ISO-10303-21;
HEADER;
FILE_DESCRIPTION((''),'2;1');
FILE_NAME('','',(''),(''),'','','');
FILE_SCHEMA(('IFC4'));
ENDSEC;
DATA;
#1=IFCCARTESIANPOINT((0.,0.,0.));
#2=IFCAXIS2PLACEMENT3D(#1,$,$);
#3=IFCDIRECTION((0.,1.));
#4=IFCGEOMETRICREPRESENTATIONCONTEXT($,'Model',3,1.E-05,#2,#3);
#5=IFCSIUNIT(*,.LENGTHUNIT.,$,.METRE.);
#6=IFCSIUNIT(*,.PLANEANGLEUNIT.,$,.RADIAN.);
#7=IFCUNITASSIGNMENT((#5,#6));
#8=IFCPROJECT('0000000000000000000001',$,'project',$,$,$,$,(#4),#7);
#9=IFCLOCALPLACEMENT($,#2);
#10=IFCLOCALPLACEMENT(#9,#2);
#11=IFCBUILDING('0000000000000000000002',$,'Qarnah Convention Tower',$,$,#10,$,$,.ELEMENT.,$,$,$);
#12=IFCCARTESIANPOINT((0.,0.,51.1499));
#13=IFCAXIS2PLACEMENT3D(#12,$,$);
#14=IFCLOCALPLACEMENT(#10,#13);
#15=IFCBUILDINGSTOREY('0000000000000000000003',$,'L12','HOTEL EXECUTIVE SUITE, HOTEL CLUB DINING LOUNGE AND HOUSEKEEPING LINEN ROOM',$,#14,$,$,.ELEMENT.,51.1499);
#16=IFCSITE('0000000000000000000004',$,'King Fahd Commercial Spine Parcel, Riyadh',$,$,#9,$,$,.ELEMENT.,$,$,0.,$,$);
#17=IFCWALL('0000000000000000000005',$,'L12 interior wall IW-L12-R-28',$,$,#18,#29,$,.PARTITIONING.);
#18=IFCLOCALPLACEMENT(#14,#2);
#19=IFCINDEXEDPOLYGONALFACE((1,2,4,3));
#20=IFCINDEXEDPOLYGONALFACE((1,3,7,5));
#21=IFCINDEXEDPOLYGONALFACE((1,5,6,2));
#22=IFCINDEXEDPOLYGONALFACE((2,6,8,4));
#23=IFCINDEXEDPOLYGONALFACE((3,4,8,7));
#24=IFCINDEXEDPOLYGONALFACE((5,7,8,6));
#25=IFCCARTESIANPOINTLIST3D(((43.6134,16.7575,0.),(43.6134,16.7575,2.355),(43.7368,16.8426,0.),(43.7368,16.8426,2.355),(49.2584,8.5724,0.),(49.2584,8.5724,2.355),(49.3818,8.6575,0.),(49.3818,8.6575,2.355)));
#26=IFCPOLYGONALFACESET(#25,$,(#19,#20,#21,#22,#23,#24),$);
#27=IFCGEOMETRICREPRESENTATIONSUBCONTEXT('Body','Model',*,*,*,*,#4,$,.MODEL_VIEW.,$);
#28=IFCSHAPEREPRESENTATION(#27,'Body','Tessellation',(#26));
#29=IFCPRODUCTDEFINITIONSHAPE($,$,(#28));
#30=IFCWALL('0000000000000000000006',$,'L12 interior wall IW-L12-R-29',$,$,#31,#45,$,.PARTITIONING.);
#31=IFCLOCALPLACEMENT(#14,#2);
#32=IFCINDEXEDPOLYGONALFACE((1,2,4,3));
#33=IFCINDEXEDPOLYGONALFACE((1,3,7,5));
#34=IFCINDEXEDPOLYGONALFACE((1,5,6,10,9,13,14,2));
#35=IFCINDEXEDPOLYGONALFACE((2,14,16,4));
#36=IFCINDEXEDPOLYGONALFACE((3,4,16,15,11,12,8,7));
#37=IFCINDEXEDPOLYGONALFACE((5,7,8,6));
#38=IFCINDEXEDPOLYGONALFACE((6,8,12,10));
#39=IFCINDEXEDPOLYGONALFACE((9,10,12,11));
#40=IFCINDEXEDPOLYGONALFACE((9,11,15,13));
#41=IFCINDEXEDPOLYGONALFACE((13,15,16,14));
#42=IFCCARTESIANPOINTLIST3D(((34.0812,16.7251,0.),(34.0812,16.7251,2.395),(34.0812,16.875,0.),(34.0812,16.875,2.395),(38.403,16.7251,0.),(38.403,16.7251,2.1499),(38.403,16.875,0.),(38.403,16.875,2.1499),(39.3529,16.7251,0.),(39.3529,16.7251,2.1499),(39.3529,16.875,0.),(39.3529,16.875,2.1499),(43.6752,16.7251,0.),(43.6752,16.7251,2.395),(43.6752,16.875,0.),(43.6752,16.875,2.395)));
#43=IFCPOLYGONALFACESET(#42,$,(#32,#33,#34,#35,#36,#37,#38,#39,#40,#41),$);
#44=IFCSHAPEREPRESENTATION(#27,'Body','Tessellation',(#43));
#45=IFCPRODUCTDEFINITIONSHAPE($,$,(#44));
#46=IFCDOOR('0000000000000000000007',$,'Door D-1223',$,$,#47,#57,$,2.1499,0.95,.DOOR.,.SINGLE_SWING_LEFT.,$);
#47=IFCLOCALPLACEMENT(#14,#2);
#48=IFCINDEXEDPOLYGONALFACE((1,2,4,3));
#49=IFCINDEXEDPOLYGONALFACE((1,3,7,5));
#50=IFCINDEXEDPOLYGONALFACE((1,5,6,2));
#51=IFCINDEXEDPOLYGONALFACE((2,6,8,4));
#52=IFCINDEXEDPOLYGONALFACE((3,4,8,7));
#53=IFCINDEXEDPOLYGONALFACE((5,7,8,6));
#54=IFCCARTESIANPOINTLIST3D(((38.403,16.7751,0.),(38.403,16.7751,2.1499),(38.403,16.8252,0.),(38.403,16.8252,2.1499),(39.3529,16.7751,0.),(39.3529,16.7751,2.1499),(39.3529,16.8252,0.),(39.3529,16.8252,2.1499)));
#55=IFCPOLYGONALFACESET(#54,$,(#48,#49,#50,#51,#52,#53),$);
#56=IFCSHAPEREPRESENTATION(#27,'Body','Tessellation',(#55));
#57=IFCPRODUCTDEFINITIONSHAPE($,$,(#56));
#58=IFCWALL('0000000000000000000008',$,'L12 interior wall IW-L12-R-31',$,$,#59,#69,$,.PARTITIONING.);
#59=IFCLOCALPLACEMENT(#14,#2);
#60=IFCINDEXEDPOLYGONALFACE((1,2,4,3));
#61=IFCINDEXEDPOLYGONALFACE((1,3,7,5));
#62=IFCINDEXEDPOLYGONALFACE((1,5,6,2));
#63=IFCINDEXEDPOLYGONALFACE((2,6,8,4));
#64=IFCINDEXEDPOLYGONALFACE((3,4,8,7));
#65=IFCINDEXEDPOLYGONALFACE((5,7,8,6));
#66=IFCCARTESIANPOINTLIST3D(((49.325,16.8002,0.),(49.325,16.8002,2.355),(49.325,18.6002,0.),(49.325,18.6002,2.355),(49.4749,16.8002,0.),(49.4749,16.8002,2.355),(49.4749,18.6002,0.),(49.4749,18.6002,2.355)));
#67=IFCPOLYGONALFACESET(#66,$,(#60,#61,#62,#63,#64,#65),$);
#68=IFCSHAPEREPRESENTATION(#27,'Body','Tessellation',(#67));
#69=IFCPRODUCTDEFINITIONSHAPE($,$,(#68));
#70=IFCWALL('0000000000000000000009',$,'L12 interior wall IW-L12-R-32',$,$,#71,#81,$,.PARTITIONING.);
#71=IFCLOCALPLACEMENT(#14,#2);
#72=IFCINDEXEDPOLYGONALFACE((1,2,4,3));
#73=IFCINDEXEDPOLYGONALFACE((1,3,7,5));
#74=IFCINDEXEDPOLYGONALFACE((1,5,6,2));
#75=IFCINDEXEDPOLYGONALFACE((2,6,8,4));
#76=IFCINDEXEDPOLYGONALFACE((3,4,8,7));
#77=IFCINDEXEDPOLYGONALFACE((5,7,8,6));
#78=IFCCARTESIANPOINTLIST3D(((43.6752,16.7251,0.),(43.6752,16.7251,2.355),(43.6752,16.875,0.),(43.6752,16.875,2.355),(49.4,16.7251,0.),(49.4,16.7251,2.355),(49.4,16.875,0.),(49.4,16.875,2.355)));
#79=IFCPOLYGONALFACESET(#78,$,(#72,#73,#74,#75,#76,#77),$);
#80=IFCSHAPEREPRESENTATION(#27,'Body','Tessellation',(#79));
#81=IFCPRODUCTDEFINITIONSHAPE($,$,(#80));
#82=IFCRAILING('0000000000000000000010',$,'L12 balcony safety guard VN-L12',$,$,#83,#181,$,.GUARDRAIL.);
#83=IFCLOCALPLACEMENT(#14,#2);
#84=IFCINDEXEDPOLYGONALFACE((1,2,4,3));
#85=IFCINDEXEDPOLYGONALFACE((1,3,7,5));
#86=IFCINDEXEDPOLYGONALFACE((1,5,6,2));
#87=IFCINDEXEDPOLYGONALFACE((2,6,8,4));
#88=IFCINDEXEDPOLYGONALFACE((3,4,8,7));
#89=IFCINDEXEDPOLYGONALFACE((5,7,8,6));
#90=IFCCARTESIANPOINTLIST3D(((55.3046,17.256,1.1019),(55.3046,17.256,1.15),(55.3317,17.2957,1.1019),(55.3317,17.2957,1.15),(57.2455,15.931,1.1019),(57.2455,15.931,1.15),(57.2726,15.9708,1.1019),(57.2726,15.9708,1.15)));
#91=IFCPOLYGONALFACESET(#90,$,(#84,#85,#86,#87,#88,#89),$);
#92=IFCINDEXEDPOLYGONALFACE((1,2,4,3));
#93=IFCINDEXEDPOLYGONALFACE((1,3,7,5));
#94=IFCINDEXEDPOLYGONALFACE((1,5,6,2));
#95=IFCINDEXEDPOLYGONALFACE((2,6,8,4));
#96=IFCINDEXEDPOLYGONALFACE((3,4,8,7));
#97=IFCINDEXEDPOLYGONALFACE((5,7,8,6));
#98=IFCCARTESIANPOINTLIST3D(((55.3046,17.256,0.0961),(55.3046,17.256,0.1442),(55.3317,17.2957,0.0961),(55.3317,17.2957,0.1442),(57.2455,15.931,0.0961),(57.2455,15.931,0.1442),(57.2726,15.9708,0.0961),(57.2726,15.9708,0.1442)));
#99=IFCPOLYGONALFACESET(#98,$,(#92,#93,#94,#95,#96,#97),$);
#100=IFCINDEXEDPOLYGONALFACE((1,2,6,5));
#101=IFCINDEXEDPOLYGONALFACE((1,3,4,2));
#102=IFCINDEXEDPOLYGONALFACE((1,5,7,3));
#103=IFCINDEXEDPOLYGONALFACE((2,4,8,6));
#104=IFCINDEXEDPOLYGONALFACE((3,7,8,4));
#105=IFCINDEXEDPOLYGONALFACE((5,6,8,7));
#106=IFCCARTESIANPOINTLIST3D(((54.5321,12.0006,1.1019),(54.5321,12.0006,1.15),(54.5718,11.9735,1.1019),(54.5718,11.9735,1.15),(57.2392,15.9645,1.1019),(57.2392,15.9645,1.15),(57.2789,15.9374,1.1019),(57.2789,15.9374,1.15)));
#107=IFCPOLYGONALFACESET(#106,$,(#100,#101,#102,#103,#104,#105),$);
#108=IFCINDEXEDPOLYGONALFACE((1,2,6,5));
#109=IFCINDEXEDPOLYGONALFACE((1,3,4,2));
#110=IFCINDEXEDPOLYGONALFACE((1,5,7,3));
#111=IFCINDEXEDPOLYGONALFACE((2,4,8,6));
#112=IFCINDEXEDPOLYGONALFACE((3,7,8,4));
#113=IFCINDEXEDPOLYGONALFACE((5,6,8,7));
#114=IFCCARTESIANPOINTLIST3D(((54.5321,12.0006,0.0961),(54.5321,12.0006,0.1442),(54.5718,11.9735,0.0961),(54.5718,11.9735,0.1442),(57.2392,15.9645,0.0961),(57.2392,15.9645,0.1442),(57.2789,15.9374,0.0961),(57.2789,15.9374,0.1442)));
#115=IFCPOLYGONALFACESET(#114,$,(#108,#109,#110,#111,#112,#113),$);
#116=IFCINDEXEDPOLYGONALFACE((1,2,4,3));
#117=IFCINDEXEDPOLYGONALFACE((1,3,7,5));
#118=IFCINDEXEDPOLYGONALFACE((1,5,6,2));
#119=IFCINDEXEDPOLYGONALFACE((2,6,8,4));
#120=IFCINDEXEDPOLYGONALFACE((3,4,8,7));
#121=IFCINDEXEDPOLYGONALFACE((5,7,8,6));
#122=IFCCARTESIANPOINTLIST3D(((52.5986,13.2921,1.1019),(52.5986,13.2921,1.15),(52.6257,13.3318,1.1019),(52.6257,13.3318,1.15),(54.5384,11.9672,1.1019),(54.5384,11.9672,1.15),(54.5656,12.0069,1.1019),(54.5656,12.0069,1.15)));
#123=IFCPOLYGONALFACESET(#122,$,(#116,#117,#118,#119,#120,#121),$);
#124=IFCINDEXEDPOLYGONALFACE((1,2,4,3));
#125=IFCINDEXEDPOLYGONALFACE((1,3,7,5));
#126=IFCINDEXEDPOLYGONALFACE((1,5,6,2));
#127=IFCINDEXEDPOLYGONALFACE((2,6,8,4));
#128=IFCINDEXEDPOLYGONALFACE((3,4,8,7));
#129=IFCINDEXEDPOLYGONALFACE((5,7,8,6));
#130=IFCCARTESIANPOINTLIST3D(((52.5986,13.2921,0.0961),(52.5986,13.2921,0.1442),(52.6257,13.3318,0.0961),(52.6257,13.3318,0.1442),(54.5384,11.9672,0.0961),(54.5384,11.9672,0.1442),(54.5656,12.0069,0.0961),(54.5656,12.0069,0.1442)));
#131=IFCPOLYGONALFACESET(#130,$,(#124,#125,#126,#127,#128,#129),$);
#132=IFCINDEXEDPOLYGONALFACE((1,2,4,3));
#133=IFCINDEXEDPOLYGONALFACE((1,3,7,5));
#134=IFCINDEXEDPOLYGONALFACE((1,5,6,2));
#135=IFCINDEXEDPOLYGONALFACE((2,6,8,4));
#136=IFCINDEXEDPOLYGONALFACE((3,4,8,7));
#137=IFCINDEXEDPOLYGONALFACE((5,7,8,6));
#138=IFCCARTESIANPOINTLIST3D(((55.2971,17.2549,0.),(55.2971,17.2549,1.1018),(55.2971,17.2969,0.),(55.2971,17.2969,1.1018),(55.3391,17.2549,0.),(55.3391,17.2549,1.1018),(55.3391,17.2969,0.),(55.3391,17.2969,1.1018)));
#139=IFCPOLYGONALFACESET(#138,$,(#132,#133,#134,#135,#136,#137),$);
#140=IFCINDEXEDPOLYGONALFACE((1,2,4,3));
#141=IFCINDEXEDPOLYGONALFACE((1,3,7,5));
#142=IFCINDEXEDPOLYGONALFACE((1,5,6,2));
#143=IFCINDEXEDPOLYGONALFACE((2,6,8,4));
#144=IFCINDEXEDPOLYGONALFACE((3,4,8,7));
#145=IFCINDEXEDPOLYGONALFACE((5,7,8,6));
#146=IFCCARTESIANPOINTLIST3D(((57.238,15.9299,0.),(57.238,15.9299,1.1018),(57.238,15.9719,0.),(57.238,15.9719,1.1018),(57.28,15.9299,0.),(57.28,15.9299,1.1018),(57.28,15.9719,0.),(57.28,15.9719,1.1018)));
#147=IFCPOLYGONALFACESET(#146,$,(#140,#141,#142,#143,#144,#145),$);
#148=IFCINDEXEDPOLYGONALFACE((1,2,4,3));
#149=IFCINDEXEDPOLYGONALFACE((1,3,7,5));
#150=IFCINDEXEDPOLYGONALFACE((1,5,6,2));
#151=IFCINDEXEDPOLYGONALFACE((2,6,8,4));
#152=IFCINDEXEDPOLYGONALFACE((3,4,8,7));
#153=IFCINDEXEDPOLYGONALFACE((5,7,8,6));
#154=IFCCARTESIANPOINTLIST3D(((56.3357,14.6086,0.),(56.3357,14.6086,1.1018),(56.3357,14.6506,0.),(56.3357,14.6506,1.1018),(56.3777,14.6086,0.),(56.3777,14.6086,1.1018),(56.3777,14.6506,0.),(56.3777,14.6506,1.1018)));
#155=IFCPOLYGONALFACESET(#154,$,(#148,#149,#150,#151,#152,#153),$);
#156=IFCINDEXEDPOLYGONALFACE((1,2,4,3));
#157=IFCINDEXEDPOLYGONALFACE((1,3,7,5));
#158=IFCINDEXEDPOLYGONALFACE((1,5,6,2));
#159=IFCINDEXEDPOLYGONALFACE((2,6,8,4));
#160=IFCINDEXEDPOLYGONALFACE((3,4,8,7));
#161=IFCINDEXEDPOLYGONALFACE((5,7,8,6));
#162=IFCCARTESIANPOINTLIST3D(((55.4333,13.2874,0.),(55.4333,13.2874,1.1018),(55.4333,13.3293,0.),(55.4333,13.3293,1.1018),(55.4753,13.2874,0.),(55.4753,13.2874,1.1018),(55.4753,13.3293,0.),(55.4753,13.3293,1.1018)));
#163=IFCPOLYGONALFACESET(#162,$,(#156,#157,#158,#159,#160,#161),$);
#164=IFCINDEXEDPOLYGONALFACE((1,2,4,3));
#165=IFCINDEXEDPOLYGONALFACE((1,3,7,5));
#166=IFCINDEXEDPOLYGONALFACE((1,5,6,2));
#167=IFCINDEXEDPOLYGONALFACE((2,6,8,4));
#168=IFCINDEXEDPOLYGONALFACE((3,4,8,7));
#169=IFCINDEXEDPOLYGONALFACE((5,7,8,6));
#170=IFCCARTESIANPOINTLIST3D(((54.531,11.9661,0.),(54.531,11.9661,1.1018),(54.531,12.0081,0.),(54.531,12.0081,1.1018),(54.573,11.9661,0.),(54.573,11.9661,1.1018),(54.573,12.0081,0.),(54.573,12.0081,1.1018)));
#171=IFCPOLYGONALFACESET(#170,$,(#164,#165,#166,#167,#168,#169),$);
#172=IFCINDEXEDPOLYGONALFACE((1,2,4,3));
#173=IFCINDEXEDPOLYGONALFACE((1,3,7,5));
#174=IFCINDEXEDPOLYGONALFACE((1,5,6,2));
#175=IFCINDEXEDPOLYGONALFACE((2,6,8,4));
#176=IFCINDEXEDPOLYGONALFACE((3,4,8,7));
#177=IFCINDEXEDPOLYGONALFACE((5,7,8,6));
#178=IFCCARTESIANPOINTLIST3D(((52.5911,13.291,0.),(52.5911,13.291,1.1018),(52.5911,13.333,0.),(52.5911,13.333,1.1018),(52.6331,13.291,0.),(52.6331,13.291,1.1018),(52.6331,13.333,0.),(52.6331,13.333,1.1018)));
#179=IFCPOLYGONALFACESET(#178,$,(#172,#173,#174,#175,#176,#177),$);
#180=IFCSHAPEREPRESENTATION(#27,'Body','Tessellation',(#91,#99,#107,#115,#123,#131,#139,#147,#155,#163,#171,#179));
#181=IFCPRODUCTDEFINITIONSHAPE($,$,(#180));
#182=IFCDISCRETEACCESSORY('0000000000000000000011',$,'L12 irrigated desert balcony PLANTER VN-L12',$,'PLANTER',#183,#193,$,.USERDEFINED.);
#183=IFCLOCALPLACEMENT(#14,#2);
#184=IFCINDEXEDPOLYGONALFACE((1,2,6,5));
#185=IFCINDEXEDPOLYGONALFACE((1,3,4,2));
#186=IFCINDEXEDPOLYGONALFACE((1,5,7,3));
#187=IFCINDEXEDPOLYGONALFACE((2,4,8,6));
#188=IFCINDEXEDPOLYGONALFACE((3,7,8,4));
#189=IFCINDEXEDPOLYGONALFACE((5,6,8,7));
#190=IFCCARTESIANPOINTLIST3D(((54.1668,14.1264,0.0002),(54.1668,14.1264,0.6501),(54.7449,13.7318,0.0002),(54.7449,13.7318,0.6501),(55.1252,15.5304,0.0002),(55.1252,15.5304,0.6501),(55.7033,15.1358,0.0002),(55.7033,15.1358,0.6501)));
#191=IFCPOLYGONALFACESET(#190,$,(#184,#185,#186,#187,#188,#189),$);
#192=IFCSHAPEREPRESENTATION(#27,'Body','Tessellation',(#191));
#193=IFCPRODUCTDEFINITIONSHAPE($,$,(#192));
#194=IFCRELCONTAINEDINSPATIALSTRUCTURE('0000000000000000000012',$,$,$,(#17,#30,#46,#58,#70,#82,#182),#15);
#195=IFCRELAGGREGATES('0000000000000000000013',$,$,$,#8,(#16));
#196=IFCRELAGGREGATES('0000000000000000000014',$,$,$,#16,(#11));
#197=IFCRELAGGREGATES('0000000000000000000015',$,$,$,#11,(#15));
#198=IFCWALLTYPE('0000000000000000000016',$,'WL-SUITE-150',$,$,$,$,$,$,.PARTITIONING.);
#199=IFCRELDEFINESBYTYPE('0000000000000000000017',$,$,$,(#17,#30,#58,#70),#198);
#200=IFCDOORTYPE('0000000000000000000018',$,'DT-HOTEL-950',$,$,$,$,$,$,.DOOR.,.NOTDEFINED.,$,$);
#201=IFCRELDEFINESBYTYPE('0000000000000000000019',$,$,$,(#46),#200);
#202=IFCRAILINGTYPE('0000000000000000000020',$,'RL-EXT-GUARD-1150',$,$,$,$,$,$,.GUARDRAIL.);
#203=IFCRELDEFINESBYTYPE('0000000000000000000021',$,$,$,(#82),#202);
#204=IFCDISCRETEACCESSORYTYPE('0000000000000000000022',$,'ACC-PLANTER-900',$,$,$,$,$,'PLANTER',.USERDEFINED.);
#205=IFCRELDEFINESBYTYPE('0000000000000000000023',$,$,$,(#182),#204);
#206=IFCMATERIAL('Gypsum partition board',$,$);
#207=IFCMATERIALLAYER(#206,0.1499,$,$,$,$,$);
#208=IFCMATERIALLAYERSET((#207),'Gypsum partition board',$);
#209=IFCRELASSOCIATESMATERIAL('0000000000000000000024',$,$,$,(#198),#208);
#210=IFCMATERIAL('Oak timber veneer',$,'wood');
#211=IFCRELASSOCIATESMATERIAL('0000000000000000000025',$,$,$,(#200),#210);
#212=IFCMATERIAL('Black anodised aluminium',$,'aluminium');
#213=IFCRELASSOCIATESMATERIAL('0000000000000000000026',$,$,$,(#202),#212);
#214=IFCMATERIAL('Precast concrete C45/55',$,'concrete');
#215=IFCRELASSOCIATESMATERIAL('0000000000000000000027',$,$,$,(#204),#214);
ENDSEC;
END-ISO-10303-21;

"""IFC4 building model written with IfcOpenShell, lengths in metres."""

from ifc_helpers import new_model, si_unit, direction, frame, frame_2d, origin, origin_2d, place, context, subcontext, project, spatial, rectangle, extrude, material, layer, layer_set, type_object, element, fill, save


model = new_model("IFC4")

# Units and contexts
model_context = context("Model", 3, precision=1e-05, world=origin(), true_north=direction((0.0, 1.0)))
body_context = subcontext(model_context, "Body", "Model", "MODEL_VIEW")
ifc_project = project(units=[si_unit("LENGTHUNIT", "METRE"), si_unit("PLANEANGLEUNIT", "RADIAN")], contexts=[model_context])

# Site, building, storey
site_placement = place(None, origin())
site = spatial("IfcSite", under=ifc_project, at=site_placement, Name="King Fahd Commercial Spine Parcel, Riyadh", CompositionType="ELEMENT", RefElevation=0.0)
building_placement = place(site_placement, origin())
building = spatial("IfcBuilding", under=site, at=building_placement, Name="Qarnah Convention Tower", CompositionType="ELEMENT")
storey_placement = place(building_placement, frame((0.0, 0.0, 51.1499)))
storey = spatial("IfcBuildingStorey", under=building, at=storey_placement, Name="L12", Description="HOTEL EXECUTIVE SUITE, HOTEL CLUB DINING LOUNGE AND HOUSEKEEPING LINEN ROOM", CompositionType="ELEMENT", Elevation=51.1499)

# Shared definitions
ifc_material_1 = material(Name="Black anodised aluminium", Category="aluminium")

# Shared definitions
ifc_material_2 = material(Name="Precast concrete C45/55", Category="concrete")

# Wall
ifc_material_3 = material(Name="Gypsum partition board")
ifc_layer_1 = layer(ifc_material_3, 0.1499)
ifc_layer_set_1 = layer_set([ifc_layer_1], Name="Gypsum partition board")
wall_type_1 = type_object("IfcWallType", Name="WL-SUITE-150", PredefinedType="PARTITIONING", material=ifc_layer_set_1)
wall_1_placement = place(storey_placement, frame((49.3201, 8.615, 0.0), z_axis=(0.0, 0.0, 1.0), x_axis=(-0.567743, 0.823206, 0.0)))
element("IfcWall", 1, at=wall_1_placement, inside=storey, type_object=wall_type_1, Name="L12 interior wall IW-L12-R-28", PredefinedType="PARTITIONING", context=body_context, shape_type="SweptSolid", body=[
    extrude(rectangle(XDim=9.9429, YDim=0.1499, at=frame_2d((4.9714, 0.0))), origin(), (0.0, 0.0, 1.0), 2.355),
])

# Wall, opening, door
wall_2_placement = place(storey_placement, frame((43.675, 16.8, 0.0), z_axis=(0.0, 0.0, 1.0), x_axis=(-1.0, 0.0, 0.0)))
wall_2 = element("IfcWall", 2, at=wall_2_placement, inside=storey, type_object=wall_type_1, Name="L12 interior wall IW-L12-R-29", PredefinedType="PARTITIONING", context=body_context, shape_type="SweptSolid", body=[
    extrude(rectangle(XDim=9.594, YDim=0.1499, at=frame_2d((4.7969, 0.0))), origin(), (0.0, 0.0, 1.0), 2.395),
])
opening_1_placement = place(wall_2_placement, frame((4.322, 0.0, 0.0)))
opening_1 = element("IfcOpeningElement", 3, at=opening_1_placement, cuts=wall_2, PredefinedType="OPENING", context=body_context, shape_type="SweptSolid", body=[
    extrude(rectangle(XDim=0.95, YDim=2.1499, at=frame_2d((0.4751, 1.075))), frame((0.0, 0.085, 0.0), z_axis=(0.0, -1.0, 0.0), x_axis=(1.0, 0.0, 0.0)), (0.0, 0.0, 1.0), 0.1699),
])
ifc_material_4 = material(Name="Oak timber veneer", Category="wood")
door_type_1 = type_object("IfcDoorType", Name="DT-HOTEL-950", OperationType="NOTDEFINED", PredefinedType="DOOR", material=ifc_material_4)
door_1_placement = place(opening_1_placement, origin())
door_1 = element("IfcDoor", 4, at=door_1_placement, inside=storey, type_object=door_type_1, Name="Door D-1223", OperationType="SINGLE_SWING_LEFT", OverallHeight=2.1499, OverallWidth=0.95, PredefinedType="DOOR", context=body_context, shape_type="SweptSolid", body=[
    extrude(rectangle(XDim=0.95, YDim=2.1499, at=frame_2d((0.4751, 1.075))), frame((0.0, 0.0249, 0.0), z_axis=(0.0, -1.0, 0.0), x_axis=(1.0, 0.0, 0.0)), (0.0, 0.0, 1.0), 0.05),
])
fill(opening_1, door_1)

# Walls
wall_3_placement = place(storey_placement, frame((49.3999, 18.6001, 0.0), z_axis=(0.0, 0.0, 1.0), x_axis=(0.0, -1.0, 0.0)))
element("IfcWall", 5, at=wall_3_placement, inside=storey, type_object=wall_type_1, Name="L12 interior wall IW-L12-R-31", PredefinedType="PARTITIONING", context=body_context, shape_type="SweptSolid", body=[
    extrude(rectangle(XDim=1.8, YDim=0.1499, at=frame_2d((0.8999, 0.0))), origin(), (0.0, 0.0, 1.0), 2.355),
])
wall_4_placement = place(storey_placement, frame((49.3999, 16.8, 0.0), z_axis=(0.0, 0.0, 1.0), x_axis=(-1.0, 0.0, 0.0)))
element("IfcWall", 6, at=wall_4_placement, inside=storey, type_object=wall_type_1, Name="L12 interior wall IW-L12-R-32", PredefinedType="PARTITIONING", context=body_context, shape_type="SweptSolid", body=[
    extrude(rectangle(XDim=5.7249, YDim=0.1499, at=frame_2d((2.8623, 0.0))), origin(), (0.0, 0.0, 1.0), 2.355),
])

# Railing
railing_type = type_object("IfcRailingType", Name="RL-EXT-GUARD-1150", PredefinedType="GUARDRAIL", material=ifc_material_1)
railing_1_placement = place(storey_placement, frame((55.3181, 17.2759, 0.0)))
element("IfcRailing", 7, at=railing_1_placement, inside=storey, type_object=railing_type, Name="L12 balcony safety guard VN-L12", PredefinedType="GUARDRAIL", context=body_context, shape_type="SweptSolid", body=[
    extrude(rectangle(XDim=0.0481, YDim=0.0481, at=origin_2d()), frame((0.0, 0.0, 1.126), z_axis=(0.825911, -0.563801, 0.0), x_axis=(0.563801, 0.825911, 0.0)), (0.0, 0.0, 1.0), 2.3501),
    extrude(rectangle(XDim=0.0481, YDim=0.0481, at=origin_2d()), frame((0.0, 0.0, 0.1201), z_axis=(0.825911, -0.563801, 0.0), x_axis=(0.563801, 0.825911, 0.0)), (0.0, 0.0, 1.0), 2.3501),
    extrude(rectangle(XDim=0.0481, YDim=0.0481, at=origin_2d()), frame((1.9409, -1.325, 1.126), z_axis=(-0.563962, -0.825801, 0.0), x_axis=(0.825801, -0.563962, 0.0)), (0.0, 0.0, 1.0), 4.8),
    extrude(rectangle(XDim=0.0481, YDim=0.0481, at=origin_2d()), frame((1.9409, -1.325, 0.1201), z_axis=(-0.563962, -0.825801, 0.0), x_axis=(0.825801, -0.563962, 0.0)), (0.0, 0.0, 1.0), 4.8),
    extrude(rectangle(XDim=0.0481, YDim=0.0481, at=origin_2d()), frame((-0.7661, -5.2888, 1.126), z_axis=(-0.825779, 0.563994, 0.0), x_axis=(-0.563994, -0.825779, 0.0)), (0.0, 0.0, 1.0), 2.3491),
    extrude(rectangle(XDim=0.0481, YDim=0.0481, at=origin_2d()), frame((-0.7661, -5.2888, 0.1201), z_axis=(-0.825779, 0.563994, 0.0), x_axis=(-0.563994, -0.825779, 0.0)), (0.0, 0.0, 1.0), 2.3491),
    extrude(rectangle(XDim=0.042, YDim=0.042, at=origin_2d()), origin(), (0.0, 0.0, 1.0), 1.1018),
    extrude(rectangle(XDim=0.042, YDim=0.042, at=origin_2d()), frame((1.9409, -1.325, 0.0)), (0.0, 0.0, 1.0), 1.1018),
    extrude(rectangle(XDim=0.042, YDim=0.042, at=origin_2d()), frame((1.0386, -2.6462, 0.0)), (0.0, 0.0, 1.0), 1.1018),
    extrude(rectangle(XDim=0.042, YDim=0.042, at=origin_2d()), frame((0.1362, -3.9675, 0.0)), (0.0, 0.0, 1.0), 1.1018),
    extrude(rectangle(XDim=0.042, YDim=0.042, at=origin_2d()), frame((-0.7661, -5.2888, 0.0)), (0.0, 0.0, 1.0), 1.1018),
    extrude(rectangle(XDim=0.042, YDim=0.042, at=origin_2d()), frame((-2.7061, -3.9639, 0.0)), (0.0, 0.0, 1.0), 1.1018),
])

# Discrete accessory
discrete_accessory_type = type_object("IfcDiscreteAccessoryType", Name="ACC-PLANTER-900", ElementType="PLANTER", PredefinedType="USERDEFINED", material=ifc_material_2)
discrete_accessory_placement = place(storey_placement, frame((54.9351, 14.6311, 0.0002), z_axis=(0.0, 0.0, 1.0), x_axis=(0.563814, 0.825902, 0.0)))
element("IfcDiscreteAccessory", 8, at=discrete_accessory_placement, inside=storey, type_object=discrete_accessory_type, Name="L12 irrigated desert balcony PLANTER VN-L12", ObjectType="PLANTER", PredefinedType="USERDEFINED", context=body_context, shape_type="SweptSolid", body=[
    extrude(rectangle(XDim=1.7, YDim=0.7, at=origin_2d()), origin(), (0.0, 0.0, 1.0), 0.6499),
])

save(model, "model.ifc")
